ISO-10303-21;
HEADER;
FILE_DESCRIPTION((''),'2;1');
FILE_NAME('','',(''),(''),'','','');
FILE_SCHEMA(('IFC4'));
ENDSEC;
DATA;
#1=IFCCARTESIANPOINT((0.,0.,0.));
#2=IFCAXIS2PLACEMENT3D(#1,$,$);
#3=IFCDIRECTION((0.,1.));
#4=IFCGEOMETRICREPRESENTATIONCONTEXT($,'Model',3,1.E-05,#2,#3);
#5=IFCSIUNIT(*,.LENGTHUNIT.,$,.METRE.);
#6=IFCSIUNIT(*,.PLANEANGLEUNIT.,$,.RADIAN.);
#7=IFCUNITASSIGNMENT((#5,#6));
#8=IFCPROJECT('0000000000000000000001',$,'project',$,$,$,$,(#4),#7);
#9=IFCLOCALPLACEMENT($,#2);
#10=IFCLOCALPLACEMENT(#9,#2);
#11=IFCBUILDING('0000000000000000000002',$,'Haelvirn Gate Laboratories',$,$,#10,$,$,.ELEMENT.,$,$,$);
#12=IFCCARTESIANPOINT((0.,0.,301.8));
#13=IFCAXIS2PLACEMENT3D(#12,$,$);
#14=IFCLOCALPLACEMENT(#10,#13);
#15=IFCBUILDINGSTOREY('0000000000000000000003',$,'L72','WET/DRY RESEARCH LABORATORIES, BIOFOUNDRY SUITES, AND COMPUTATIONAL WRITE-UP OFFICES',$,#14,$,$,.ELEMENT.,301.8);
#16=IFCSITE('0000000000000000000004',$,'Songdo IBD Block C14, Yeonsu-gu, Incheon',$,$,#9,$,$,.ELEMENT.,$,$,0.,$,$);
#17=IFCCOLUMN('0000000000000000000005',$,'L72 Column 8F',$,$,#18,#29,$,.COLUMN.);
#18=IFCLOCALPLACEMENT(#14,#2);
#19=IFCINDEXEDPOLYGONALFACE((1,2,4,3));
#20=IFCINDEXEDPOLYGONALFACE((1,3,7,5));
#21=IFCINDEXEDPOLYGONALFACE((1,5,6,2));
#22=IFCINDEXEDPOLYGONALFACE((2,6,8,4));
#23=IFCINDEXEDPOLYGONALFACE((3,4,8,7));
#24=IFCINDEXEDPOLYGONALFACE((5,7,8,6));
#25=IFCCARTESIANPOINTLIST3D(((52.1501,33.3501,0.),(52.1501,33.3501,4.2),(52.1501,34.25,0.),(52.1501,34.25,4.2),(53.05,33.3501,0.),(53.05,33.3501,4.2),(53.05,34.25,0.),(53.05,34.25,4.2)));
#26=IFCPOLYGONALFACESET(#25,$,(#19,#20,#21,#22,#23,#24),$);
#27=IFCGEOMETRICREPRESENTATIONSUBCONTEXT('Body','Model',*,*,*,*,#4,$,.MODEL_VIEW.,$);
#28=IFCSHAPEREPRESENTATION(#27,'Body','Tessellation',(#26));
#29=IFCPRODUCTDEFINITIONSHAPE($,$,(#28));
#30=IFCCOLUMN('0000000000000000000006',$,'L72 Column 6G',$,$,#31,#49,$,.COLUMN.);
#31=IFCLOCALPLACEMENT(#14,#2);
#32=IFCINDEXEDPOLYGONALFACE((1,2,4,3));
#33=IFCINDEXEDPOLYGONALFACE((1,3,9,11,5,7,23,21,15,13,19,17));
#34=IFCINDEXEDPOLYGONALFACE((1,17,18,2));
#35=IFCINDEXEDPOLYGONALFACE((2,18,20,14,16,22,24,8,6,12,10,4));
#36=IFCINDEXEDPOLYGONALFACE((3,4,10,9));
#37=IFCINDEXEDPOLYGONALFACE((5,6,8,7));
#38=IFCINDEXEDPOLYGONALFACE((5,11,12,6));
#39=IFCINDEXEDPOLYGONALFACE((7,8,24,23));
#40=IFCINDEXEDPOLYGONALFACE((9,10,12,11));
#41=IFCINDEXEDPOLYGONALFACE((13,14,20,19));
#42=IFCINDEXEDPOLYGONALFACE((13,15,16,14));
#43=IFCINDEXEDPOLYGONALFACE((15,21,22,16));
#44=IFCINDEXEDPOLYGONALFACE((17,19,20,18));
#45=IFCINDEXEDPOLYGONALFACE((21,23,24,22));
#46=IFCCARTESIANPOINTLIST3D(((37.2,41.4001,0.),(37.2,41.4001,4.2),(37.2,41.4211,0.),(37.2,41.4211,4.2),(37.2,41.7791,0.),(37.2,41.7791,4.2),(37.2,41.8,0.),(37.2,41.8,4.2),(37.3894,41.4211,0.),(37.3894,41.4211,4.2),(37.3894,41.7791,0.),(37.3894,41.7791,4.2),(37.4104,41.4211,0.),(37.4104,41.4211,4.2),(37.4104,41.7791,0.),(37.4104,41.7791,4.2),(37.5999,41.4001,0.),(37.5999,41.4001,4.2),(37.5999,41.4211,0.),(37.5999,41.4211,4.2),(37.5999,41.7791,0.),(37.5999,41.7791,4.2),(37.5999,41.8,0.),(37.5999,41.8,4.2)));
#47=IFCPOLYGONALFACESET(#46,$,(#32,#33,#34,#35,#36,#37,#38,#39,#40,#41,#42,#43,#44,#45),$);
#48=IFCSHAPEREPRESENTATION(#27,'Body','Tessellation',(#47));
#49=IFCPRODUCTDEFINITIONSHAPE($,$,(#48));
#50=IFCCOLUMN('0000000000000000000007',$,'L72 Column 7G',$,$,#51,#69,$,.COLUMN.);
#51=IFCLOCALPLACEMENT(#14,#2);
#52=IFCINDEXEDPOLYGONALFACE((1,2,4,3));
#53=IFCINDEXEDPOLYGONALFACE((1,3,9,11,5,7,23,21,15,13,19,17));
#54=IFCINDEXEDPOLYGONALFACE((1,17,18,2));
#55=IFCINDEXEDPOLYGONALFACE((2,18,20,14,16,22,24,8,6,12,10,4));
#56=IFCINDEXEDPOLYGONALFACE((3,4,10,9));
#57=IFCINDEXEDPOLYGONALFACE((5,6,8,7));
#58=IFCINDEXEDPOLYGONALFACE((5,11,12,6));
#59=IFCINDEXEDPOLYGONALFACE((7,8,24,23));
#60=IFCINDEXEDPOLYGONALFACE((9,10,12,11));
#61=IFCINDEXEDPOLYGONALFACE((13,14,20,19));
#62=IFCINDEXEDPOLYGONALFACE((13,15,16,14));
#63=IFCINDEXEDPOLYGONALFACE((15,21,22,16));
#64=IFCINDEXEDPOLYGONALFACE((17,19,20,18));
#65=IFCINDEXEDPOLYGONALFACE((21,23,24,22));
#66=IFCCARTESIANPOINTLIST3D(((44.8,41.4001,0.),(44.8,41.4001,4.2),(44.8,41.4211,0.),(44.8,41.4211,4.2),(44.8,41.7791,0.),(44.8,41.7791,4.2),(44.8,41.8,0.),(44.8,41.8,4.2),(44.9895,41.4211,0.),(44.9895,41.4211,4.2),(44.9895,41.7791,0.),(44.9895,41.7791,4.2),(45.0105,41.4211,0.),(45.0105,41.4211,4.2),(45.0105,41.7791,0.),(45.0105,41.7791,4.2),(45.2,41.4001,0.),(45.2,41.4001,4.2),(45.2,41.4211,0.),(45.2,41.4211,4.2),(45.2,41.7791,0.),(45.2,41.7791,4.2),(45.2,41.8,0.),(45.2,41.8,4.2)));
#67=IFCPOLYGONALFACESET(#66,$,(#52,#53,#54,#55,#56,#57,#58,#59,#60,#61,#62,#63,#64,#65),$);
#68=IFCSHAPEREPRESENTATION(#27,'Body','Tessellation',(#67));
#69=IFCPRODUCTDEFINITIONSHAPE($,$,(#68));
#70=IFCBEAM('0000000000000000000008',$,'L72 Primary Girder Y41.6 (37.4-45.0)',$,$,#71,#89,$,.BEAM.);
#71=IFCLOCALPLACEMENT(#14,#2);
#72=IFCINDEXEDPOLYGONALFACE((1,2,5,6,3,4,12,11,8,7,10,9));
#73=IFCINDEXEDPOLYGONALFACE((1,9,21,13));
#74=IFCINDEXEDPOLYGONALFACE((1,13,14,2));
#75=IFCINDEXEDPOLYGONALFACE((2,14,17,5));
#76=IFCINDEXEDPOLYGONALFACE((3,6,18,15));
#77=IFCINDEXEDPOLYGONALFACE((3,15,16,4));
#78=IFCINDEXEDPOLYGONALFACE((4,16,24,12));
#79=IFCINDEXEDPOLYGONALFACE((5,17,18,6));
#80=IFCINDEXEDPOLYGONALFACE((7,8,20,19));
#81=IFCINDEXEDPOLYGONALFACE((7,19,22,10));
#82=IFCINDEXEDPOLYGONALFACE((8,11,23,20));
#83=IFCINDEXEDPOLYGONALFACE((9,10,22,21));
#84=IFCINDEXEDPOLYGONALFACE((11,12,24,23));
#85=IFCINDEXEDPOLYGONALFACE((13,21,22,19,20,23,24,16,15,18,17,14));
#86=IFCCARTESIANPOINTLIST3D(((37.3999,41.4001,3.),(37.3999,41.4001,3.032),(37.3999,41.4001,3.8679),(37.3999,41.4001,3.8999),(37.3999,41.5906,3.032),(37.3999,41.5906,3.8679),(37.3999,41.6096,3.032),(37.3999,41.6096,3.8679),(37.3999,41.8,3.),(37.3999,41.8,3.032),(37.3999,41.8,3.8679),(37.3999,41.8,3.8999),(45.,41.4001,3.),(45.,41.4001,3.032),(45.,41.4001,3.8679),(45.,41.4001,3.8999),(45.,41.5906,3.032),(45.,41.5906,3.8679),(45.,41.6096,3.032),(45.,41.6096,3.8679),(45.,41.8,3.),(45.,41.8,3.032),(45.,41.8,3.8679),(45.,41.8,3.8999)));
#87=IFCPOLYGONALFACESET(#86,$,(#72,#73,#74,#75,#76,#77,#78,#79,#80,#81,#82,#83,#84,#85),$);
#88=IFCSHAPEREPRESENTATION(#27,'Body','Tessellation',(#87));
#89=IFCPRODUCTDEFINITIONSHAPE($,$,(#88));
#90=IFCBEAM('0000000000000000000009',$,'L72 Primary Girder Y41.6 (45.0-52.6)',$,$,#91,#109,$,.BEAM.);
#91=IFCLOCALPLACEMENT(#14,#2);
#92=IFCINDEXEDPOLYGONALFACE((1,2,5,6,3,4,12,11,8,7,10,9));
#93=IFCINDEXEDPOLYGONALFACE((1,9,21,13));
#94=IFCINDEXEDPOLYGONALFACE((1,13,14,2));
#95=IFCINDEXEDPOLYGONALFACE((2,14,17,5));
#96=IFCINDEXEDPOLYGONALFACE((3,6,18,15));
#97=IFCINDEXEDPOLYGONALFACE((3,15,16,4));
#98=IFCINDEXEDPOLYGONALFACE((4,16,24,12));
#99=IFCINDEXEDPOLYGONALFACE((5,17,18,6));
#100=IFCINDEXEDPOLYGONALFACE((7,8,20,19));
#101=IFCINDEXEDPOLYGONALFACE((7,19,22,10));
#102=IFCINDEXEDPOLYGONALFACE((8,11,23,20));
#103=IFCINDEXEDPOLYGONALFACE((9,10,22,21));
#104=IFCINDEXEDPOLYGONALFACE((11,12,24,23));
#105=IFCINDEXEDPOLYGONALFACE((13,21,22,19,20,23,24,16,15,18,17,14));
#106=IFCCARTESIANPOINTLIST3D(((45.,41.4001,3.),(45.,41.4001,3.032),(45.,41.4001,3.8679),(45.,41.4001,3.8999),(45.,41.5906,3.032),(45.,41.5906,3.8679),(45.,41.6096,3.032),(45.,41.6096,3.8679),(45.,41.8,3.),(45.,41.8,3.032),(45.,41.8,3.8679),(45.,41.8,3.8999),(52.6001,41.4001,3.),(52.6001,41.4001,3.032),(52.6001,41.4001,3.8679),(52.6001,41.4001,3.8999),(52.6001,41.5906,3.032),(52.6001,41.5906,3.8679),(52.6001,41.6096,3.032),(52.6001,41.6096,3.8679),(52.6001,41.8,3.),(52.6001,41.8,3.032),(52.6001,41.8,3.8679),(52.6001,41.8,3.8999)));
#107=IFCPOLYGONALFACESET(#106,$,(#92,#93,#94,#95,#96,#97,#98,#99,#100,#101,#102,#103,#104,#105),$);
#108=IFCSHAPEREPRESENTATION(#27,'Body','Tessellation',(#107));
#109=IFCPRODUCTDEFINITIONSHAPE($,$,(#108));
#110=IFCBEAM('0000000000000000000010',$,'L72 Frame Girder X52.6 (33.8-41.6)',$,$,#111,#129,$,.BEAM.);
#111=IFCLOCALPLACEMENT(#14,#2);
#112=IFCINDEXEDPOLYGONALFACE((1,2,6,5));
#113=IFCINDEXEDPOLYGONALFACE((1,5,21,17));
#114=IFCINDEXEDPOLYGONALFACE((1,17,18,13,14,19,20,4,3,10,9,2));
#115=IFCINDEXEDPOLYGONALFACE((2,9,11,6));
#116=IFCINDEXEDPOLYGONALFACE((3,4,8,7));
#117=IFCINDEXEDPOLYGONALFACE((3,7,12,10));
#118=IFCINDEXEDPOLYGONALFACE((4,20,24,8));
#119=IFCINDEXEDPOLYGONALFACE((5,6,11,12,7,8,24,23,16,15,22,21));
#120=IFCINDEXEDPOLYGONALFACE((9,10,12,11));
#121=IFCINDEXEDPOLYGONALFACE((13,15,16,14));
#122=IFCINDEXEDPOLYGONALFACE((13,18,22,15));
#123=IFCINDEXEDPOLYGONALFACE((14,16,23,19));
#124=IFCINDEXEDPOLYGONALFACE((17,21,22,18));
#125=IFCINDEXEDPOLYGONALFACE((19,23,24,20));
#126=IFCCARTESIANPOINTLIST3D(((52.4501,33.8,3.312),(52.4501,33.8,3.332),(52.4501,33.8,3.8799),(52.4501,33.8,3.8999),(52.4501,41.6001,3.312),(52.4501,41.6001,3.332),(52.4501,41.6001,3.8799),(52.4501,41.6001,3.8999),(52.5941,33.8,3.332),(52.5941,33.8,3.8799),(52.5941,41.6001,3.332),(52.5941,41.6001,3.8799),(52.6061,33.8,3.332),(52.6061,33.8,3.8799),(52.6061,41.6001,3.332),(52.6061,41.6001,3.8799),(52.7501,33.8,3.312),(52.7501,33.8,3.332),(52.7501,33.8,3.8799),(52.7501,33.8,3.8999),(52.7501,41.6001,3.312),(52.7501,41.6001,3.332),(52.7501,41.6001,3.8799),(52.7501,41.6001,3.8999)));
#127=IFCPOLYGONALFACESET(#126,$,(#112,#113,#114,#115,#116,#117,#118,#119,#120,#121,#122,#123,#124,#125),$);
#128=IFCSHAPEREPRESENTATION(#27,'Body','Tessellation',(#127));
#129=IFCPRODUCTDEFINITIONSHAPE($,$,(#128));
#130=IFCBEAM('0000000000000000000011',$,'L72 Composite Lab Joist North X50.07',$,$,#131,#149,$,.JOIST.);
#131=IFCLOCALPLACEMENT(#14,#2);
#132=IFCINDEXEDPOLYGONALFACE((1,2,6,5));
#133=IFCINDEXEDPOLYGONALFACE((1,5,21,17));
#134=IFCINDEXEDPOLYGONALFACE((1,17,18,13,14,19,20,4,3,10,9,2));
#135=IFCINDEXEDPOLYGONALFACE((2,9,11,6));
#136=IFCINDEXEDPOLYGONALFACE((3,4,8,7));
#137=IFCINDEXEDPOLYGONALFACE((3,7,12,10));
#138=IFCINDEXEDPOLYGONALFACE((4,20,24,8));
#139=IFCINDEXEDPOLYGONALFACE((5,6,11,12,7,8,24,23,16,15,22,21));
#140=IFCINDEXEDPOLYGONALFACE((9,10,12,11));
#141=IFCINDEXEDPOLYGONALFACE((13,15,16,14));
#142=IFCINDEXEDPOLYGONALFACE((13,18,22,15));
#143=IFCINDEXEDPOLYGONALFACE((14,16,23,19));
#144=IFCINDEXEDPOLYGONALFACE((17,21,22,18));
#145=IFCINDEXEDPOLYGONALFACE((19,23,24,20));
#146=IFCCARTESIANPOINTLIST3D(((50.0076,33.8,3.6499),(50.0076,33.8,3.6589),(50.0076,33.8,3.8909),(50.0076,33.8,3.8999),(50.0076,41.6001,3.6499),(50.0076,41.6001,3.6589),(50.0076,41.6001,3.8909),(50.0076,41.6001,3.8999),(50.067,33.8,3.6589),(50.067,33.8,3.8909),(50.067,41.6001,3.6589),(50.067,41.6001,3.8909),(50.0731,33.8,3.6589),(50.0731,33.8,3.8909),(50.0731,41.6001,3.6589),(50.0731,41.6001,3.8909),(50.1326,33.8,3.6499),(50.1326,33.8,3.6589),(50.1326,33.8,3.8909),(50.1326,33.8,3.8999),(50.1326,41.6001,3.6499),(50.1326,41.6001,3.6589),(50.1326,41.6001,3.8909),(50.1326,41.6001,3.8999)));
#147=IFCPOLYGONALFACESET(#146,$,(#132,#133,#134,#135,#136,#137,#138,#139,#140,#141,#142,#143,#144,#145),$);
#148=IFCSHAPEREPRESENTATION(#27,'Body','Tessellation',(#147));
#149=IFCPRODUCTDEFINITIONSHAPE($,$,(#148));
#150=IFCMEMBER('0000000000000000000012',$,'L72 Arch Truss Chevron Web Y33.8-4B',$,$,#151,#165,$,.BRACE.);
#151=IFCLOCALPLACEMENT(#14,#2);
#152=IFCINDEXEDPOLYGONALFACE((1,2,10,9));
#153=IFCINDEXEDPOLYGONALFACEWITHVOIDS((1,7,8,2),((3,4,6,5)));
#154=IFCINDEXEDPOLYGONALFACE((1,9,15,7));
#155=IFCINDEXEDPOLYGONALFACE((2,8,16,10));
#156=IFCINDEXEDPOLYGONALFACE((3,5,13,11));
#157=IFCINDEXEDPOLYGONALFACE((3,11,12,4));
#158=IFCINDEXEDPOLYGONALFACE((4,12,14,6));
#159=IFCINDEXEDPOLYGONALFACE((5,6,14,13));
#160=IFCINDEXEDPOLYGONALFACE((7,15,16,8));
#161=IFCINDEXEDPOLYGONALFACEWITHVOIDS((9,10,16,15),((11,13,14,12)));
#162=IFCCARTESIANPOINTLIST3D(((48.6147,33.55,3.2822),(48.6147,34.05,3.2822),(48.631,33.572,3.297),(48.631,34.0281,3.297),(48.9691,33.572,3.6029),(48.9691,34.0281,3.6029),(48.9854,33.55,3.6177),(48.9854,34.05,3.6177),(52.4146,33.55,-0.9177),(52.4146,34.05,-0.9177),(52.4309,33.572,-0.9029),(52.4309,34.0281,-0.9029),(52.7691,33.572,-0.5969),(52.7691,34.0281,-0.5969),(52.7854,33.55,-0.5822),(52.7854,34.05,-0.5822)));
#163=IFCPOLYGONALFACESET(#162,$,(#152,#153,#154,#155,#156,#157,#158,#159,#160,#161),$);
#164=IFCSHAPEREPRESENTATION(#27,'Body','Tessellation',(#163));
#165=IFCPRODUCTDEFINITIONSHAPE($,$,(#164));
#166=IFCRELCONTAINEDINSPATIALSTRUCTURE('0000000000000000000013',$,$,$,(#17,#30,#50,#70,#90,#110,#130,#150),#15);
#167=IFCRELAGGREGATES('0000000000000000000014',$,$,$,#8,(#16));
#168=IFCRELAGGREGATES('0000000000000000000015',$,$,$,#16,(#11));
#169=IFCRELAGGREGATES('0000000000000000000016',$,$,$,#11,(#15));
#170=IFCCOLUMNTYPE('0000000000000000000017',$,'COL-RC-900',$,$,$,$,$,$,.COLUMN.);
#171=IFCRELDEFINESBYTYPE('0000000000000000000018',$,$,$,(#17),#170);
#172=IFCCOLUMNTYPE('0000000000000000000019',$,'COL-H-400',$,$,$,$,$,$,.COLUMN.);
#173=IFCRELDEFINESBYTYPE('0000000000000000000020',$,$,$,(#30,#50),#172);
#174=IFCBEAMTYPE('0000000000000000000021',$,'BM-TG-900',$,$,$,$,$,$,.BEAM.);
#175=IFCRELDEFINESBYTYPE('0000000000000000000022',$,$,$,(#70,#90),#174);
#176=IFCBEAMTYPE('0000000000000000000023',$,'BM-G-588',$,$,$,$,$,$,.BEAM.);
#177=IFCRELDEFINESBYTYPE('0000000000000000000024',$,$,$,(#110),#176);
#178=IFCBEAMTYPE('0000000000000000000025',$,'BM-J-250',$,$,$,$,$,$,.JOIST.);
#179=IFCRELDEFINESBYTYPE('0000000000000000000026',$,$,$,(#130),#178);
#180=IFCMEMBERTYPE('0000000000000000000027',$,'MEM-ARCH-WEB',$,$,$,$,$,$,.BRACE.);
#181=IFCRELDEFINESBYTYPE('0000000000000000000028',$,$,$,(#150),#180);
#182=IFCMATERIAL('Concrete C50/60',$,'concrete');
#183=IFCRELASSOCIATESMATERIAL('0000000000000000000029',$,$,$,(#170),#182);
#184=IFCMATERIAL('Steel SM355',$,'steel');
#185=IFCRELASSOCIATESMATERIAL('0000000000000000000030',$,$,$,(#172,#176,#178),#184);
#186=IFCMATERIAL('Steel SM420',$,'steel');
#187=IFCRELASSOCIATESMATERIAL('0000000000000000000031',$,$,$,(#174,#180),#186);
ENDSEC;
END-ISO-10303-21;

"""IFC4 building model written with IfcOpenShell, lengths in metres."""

from ifc_helpers import new_model, si_unit, direction, frame, origin, origin_2d, place, context, subcontext, project, spatial, rectangle, hollow_rectangle, i_section, extrude, source, transform, mapped, material, material_profile, profile_set, type_object, type_shapes, element, save


model = new_model("IFC4")

# Units and contexts
model_context = context("Model", 3, precision=1e-05, world=origin(), true_north=direction((0.0, 1.0)))
body_context = subcontext(model_context, "Body", "Model", "MODEL_VIEW")
ifc_project = project(units=[si_unit("LENGTHUNIT", "METRE"), si_unit("PLANEANGLEUNIT", "RADIAN")], contexts=[model_context])

# Site, building, storey
site_placement = place(None, origin())
site = spatial("IfcSite", under=ifc_project, at=site_placement, Name="Songdo IBD Block C14, Yeonsu-gu, Incheon", CompositionType="ELEMENT", RefElevation=0.0)
building_placement = place(site_placement, origin())
building = spatial("IfcBuilding", under=site, at=building_placement, Name="Haelvirn Gate Laboratories", CompositionType="ELEMENT")
storey_placement = place(building_placement, frame((0.0, 0.0, 301.8)))
storey = spatial("IfcBuildingStorey", under=building, at=storey_placement, Name="L72", Description="WET/DRY RESEARCH LABORATORIES, BIOFOUNDRY SUITES, AND COMPUTATIONAL WRITE-UP OFFICES", CompositionType="ELEMENT", Elevation=301.8)

# Columns
ifc_material_1 = material(Name="Concrete C50/60", Category="concrete")
ifc_material_profile_1 = material_profile(ifc_material_1, rectangle(XDim=0.8999, YDim=0.8999, at=origin_2d()), Name="RC-900x900")
ifc_profile_set_1 = profile_set([ifc_material_profile_1], Name="Concrete C50/60")
column_type_1 = type_object("IfcColumnType", Name="COL-RC-900", PredefinedType="COLUMN", material=ifc_profile_set_1)
shared_shape_1 = source(origin(), body_context, "Body", "SweptSolid", [
    extrude(rectangle(XDim=0.8999, YDim=0.8999, at=origin_2d()), origin(), (0.0, 0.0, 1.0), 4.2),
])
type_shapes(column_type_1, [shared_shape_1])
column_placement = place(storey_placement, frame((52.6001, 33.8, 0.0), z_axis=(0.0, 0.0, 1.0), x_axis=(1.0, 0.0, 0.0)))
element("IfcColumn", 1, at=column_placement, inside=storey, type_object=column_type_1, Name="L72 Column 8F", PredefinedType="COLUMN", context=body_context, shape_type="MappedRepresentation", body=[
    mapped(shared_shape_1, transform((0.0, 0.0, 0.0), scale=1.0)),
])
ifc_material_2 = material(Name="Steel SM355", Category="steel")
ifc_material_profile_2 = material_profile(ifc_material_2, i_section(OverallWidth=0.3999, OverallDepth=0.3999, WebThickness=0.021, FlangeThickness=0.021, at=origin_2d()), Name="H-400x400x21x21")
ifc_profile_set_2 = profile_set([ifc_material_profile_2], Name="Steel SM355")
column_type_2 = type_object("IfcColumnType", Name="COL-H-400", PredefinedType="COLUMN", material=ifc_profile_set_2)
shared_shape_2 = source(origin(), body_context, "Body", "SweptSolid", [
    extrude(i_section(OverallWidth=0.3999, OverallDepth=0.3999, WebThickness=0.021, FlangeThickness=0.021, at=origin_2d()), origin(), (0.0, 0.0, 1.0), 4.2),
])
type_shapes(column_type_2, [shared_shape_2])
for number, where, z_axis, x_axis, name in (
    (2, (37.3999, 41.6001, 0.0), (0.0, 0.0, 1.0), (1.0, 0.0, 0.0), "L72 Column 6G"),
    (3, (45.0, 41.6001, 0.0), (0.0, 0.0, 1.0), (1.0, 0.0, 0.0), "L72 Column 7G"),
):
    element("IfcColumn", number, at=place(storey_placement, frame(where, z_axis=z_axis, x_axis=x_axis)), inside=storey, type_object=column_type_2, Name=name, PredefinedType="COLUMN", context=body_context, shape_type="MappedRepresentation", body=[
        mapped(shared_shape_2, transform((0.0, 0.0, 0.0), scale=1.0)),
    ])

# Beams
ifc_material_3 = material(Name="Steel SM420", Category="steel")
ifc_material_profile_3 = material_profile(ifc_material_3, i_section(OverallWidth=0.3999, OverallDepth=0.8999, WebThickness=0.019, FlangeThickness=0.032, at=origin_2d()), Name="H-900x400x19x32")
ifc_profile_set_3 = profile_set([ifc_material_profile_3], Name="Steel SM420")
beam_type_1 = type_object("IfcBeamType", Name="BM-TG-900", PredefinedType="BEAM", material=ifc_profile_set_3)
shared_shape_3 = source(origin(), body_context, "Body", "SweptSolid", [
    extrude(i_section(OverallWidth=0.3999, OverallDepth=0.8999, WebThickness=0.019, FlangeThickness=0.032, at=origin_2d()), origin(), (0.0, 0.0, 1.0), 7.6001),
])
type_shapes(beam_type_1, [shared_shape_3])
for number, where, z_axis, x_axis, name in (
    (4, (37.3999, 41.6001, 3.45), (1.0, 0.0, 0.0), (0.0, 1.0, 0.0), "L72 Primary Girder Y41.6 (37.4-45.0)"),
    (5, (45.0, 41.6001, 3.45), (1.0, 0.0, 0.0), (0.0, 1.0, 0.0), "L72 Primary Girder Y41.6 (45.0-52.6)"),
):
    element("IfcBeam", number, at=place(storey_placement, frame(where, z_axis=z_axis, x_axis=x_axis)), inside=storey, type_object=beam_type_1, Name=name, PredefinedType="BEAM", context=body_context, shape_type="MappedRepresentation", body=[
        mapped(shared_shape_3, transform((0.0, 0.0, 0.0), scale=1.0)),
    ])
ifc_material_profile_4 = material_profile(ifc_material_2, i_section(OverallWidth=0.3, OverallDepth=0.5879, WebThickness=0.012, FlangeThickness=0.02, at=origin_2d()), Name="H-588x300x12x20")
ifc_profile_set_4 = profile_set([ifc_material_profile_4], Name="Steel SM355")
beam_type_2 = type_object("IfcBeamType", Name="BM-G-588", PredefinedType="BEAM", material=ifc_profile_set_4)
shared_shape_4 = source(origin(), body_context, "Body", "SweptSolid", [
    extrude(i_section(OverallWidth=0.3, OverallDepth=0.5879, WebThickness=0.012, FlangeThickness=0.02, at=origin_2d()), origin(), (0.0, 0.0, 1.0), 7.8),
])
type_shapes(beam_type_2, [shared_shape_4])
beam_1_placement = place(storey_placement, frame((52.6001, 33.8, 3.606), z_axis=(0.0, 1.0, 0.0), x_axis=(-1.0, 0.0, 0.0)))
element("IfcBeam", 6, at=beam_1_placement, inside=storey, type_object=beam_type_2, Name="L72 Frame Girder X52.6 (33.8-41.6)", PredefinedType="BEAM", context=body_context, shape_type="MappedRepresentation", body=[
    mapped(shared_shape_4, transform((0.0, 0.0, 0.0), scale=1.0)),
])
ifc_material_profile_5 = material_profile(ifc_material_2, i_section(OverallWidth=0.125, OverallDepth=0.25, WebThickness=0.0061, FlangeThickness=0.009, at=origin_2d()), Name="H-250x125x6x9")
ifc_profile_set_5 = profile_set([ifc_material_profile_5], Name="Steel SM355")
beam_type_3 = type_object("IfcBeamType", Name="BM-J-250", PredefinedType="JOIST", material=ifc_profile_set_5)
shared_shape_5 = source(origin(), body_context, "Body", "SweptSolid", [
    extrude(i_section(OverallWidth=0.125, OverallDepth=0.25, WebThickness=0.0061, FlangeThickness=0.009, at=origin_2d()), origin(), (0.0, 0.0, 1.0), 7.8),
])
type_shapes(beam_type_3, [shared_shape_5])
beam_2_placement = place(storey_placement, frame((50.0701, 33.8, 3.7749), z_axis=(0.0, 1.0, 0.0), x_axis=(-1.0, 0.0, 0.0)))
element("IfcBeam", 7, at=beam_2_placement, inside=storey, type_object=beam_type_3, Name="L72 Composite Lab Joist North X50.07", PredefinedType="JOIST", context=body_context, shape_type="MappedRepresentation", body=[
    mapped(shared_shape_5, transform((0.0, 0.0, 0.0), scale=1.0)),
])

# Member
ifc_material_profile_6 = material_profile(ifc_material_3, hollow_rectangle(XDim=0.5, YDim=0.5, WallThickness=0.022, at=origin_2d()), Name="BOX-500x500x22")
ifc_profile_set_6 = profile_set([ifc_material_profile_6], Name="Steel SM420")
member_type_1 = type_object("IfcMemberType", Name="MEM-ARCH-WEB", PredefinedType="BRACE", material=ifc_profile_set_6)
shared_shape_6 = source(origin(), body_context, "Body", "SweptSolid", [
    extrude(hollow_rectangle(XDim=0.5, YDim=0.5, WallThickness=0.022, at=origin_2d()), origin(), (0.0, 0.0, 1.0), 5.6638),
])
type_shapes(member_type_1, [shared_shape_6])
member_1_placement = place(storey_placement, frame((48.8, 33.8, 3.45), z_axis=(0.670922, 0.0, -0.741528), x_axis=(0.0, 1.0, 0.0)))
element("IfcMember", 8, at=member_1_placement, inside=storey, type_object=member_type_1, Name="L72 Arch Truss Chevron Web Y33.8-4B", PredefinedType="BRACE", context=body_context, shape_type="MappedRepresentation", body=[
    mapped(shared_shape_6, transform((0.0, 0.0, 0.0), scale=1.0)),
])

save(model, "model.ifc")
